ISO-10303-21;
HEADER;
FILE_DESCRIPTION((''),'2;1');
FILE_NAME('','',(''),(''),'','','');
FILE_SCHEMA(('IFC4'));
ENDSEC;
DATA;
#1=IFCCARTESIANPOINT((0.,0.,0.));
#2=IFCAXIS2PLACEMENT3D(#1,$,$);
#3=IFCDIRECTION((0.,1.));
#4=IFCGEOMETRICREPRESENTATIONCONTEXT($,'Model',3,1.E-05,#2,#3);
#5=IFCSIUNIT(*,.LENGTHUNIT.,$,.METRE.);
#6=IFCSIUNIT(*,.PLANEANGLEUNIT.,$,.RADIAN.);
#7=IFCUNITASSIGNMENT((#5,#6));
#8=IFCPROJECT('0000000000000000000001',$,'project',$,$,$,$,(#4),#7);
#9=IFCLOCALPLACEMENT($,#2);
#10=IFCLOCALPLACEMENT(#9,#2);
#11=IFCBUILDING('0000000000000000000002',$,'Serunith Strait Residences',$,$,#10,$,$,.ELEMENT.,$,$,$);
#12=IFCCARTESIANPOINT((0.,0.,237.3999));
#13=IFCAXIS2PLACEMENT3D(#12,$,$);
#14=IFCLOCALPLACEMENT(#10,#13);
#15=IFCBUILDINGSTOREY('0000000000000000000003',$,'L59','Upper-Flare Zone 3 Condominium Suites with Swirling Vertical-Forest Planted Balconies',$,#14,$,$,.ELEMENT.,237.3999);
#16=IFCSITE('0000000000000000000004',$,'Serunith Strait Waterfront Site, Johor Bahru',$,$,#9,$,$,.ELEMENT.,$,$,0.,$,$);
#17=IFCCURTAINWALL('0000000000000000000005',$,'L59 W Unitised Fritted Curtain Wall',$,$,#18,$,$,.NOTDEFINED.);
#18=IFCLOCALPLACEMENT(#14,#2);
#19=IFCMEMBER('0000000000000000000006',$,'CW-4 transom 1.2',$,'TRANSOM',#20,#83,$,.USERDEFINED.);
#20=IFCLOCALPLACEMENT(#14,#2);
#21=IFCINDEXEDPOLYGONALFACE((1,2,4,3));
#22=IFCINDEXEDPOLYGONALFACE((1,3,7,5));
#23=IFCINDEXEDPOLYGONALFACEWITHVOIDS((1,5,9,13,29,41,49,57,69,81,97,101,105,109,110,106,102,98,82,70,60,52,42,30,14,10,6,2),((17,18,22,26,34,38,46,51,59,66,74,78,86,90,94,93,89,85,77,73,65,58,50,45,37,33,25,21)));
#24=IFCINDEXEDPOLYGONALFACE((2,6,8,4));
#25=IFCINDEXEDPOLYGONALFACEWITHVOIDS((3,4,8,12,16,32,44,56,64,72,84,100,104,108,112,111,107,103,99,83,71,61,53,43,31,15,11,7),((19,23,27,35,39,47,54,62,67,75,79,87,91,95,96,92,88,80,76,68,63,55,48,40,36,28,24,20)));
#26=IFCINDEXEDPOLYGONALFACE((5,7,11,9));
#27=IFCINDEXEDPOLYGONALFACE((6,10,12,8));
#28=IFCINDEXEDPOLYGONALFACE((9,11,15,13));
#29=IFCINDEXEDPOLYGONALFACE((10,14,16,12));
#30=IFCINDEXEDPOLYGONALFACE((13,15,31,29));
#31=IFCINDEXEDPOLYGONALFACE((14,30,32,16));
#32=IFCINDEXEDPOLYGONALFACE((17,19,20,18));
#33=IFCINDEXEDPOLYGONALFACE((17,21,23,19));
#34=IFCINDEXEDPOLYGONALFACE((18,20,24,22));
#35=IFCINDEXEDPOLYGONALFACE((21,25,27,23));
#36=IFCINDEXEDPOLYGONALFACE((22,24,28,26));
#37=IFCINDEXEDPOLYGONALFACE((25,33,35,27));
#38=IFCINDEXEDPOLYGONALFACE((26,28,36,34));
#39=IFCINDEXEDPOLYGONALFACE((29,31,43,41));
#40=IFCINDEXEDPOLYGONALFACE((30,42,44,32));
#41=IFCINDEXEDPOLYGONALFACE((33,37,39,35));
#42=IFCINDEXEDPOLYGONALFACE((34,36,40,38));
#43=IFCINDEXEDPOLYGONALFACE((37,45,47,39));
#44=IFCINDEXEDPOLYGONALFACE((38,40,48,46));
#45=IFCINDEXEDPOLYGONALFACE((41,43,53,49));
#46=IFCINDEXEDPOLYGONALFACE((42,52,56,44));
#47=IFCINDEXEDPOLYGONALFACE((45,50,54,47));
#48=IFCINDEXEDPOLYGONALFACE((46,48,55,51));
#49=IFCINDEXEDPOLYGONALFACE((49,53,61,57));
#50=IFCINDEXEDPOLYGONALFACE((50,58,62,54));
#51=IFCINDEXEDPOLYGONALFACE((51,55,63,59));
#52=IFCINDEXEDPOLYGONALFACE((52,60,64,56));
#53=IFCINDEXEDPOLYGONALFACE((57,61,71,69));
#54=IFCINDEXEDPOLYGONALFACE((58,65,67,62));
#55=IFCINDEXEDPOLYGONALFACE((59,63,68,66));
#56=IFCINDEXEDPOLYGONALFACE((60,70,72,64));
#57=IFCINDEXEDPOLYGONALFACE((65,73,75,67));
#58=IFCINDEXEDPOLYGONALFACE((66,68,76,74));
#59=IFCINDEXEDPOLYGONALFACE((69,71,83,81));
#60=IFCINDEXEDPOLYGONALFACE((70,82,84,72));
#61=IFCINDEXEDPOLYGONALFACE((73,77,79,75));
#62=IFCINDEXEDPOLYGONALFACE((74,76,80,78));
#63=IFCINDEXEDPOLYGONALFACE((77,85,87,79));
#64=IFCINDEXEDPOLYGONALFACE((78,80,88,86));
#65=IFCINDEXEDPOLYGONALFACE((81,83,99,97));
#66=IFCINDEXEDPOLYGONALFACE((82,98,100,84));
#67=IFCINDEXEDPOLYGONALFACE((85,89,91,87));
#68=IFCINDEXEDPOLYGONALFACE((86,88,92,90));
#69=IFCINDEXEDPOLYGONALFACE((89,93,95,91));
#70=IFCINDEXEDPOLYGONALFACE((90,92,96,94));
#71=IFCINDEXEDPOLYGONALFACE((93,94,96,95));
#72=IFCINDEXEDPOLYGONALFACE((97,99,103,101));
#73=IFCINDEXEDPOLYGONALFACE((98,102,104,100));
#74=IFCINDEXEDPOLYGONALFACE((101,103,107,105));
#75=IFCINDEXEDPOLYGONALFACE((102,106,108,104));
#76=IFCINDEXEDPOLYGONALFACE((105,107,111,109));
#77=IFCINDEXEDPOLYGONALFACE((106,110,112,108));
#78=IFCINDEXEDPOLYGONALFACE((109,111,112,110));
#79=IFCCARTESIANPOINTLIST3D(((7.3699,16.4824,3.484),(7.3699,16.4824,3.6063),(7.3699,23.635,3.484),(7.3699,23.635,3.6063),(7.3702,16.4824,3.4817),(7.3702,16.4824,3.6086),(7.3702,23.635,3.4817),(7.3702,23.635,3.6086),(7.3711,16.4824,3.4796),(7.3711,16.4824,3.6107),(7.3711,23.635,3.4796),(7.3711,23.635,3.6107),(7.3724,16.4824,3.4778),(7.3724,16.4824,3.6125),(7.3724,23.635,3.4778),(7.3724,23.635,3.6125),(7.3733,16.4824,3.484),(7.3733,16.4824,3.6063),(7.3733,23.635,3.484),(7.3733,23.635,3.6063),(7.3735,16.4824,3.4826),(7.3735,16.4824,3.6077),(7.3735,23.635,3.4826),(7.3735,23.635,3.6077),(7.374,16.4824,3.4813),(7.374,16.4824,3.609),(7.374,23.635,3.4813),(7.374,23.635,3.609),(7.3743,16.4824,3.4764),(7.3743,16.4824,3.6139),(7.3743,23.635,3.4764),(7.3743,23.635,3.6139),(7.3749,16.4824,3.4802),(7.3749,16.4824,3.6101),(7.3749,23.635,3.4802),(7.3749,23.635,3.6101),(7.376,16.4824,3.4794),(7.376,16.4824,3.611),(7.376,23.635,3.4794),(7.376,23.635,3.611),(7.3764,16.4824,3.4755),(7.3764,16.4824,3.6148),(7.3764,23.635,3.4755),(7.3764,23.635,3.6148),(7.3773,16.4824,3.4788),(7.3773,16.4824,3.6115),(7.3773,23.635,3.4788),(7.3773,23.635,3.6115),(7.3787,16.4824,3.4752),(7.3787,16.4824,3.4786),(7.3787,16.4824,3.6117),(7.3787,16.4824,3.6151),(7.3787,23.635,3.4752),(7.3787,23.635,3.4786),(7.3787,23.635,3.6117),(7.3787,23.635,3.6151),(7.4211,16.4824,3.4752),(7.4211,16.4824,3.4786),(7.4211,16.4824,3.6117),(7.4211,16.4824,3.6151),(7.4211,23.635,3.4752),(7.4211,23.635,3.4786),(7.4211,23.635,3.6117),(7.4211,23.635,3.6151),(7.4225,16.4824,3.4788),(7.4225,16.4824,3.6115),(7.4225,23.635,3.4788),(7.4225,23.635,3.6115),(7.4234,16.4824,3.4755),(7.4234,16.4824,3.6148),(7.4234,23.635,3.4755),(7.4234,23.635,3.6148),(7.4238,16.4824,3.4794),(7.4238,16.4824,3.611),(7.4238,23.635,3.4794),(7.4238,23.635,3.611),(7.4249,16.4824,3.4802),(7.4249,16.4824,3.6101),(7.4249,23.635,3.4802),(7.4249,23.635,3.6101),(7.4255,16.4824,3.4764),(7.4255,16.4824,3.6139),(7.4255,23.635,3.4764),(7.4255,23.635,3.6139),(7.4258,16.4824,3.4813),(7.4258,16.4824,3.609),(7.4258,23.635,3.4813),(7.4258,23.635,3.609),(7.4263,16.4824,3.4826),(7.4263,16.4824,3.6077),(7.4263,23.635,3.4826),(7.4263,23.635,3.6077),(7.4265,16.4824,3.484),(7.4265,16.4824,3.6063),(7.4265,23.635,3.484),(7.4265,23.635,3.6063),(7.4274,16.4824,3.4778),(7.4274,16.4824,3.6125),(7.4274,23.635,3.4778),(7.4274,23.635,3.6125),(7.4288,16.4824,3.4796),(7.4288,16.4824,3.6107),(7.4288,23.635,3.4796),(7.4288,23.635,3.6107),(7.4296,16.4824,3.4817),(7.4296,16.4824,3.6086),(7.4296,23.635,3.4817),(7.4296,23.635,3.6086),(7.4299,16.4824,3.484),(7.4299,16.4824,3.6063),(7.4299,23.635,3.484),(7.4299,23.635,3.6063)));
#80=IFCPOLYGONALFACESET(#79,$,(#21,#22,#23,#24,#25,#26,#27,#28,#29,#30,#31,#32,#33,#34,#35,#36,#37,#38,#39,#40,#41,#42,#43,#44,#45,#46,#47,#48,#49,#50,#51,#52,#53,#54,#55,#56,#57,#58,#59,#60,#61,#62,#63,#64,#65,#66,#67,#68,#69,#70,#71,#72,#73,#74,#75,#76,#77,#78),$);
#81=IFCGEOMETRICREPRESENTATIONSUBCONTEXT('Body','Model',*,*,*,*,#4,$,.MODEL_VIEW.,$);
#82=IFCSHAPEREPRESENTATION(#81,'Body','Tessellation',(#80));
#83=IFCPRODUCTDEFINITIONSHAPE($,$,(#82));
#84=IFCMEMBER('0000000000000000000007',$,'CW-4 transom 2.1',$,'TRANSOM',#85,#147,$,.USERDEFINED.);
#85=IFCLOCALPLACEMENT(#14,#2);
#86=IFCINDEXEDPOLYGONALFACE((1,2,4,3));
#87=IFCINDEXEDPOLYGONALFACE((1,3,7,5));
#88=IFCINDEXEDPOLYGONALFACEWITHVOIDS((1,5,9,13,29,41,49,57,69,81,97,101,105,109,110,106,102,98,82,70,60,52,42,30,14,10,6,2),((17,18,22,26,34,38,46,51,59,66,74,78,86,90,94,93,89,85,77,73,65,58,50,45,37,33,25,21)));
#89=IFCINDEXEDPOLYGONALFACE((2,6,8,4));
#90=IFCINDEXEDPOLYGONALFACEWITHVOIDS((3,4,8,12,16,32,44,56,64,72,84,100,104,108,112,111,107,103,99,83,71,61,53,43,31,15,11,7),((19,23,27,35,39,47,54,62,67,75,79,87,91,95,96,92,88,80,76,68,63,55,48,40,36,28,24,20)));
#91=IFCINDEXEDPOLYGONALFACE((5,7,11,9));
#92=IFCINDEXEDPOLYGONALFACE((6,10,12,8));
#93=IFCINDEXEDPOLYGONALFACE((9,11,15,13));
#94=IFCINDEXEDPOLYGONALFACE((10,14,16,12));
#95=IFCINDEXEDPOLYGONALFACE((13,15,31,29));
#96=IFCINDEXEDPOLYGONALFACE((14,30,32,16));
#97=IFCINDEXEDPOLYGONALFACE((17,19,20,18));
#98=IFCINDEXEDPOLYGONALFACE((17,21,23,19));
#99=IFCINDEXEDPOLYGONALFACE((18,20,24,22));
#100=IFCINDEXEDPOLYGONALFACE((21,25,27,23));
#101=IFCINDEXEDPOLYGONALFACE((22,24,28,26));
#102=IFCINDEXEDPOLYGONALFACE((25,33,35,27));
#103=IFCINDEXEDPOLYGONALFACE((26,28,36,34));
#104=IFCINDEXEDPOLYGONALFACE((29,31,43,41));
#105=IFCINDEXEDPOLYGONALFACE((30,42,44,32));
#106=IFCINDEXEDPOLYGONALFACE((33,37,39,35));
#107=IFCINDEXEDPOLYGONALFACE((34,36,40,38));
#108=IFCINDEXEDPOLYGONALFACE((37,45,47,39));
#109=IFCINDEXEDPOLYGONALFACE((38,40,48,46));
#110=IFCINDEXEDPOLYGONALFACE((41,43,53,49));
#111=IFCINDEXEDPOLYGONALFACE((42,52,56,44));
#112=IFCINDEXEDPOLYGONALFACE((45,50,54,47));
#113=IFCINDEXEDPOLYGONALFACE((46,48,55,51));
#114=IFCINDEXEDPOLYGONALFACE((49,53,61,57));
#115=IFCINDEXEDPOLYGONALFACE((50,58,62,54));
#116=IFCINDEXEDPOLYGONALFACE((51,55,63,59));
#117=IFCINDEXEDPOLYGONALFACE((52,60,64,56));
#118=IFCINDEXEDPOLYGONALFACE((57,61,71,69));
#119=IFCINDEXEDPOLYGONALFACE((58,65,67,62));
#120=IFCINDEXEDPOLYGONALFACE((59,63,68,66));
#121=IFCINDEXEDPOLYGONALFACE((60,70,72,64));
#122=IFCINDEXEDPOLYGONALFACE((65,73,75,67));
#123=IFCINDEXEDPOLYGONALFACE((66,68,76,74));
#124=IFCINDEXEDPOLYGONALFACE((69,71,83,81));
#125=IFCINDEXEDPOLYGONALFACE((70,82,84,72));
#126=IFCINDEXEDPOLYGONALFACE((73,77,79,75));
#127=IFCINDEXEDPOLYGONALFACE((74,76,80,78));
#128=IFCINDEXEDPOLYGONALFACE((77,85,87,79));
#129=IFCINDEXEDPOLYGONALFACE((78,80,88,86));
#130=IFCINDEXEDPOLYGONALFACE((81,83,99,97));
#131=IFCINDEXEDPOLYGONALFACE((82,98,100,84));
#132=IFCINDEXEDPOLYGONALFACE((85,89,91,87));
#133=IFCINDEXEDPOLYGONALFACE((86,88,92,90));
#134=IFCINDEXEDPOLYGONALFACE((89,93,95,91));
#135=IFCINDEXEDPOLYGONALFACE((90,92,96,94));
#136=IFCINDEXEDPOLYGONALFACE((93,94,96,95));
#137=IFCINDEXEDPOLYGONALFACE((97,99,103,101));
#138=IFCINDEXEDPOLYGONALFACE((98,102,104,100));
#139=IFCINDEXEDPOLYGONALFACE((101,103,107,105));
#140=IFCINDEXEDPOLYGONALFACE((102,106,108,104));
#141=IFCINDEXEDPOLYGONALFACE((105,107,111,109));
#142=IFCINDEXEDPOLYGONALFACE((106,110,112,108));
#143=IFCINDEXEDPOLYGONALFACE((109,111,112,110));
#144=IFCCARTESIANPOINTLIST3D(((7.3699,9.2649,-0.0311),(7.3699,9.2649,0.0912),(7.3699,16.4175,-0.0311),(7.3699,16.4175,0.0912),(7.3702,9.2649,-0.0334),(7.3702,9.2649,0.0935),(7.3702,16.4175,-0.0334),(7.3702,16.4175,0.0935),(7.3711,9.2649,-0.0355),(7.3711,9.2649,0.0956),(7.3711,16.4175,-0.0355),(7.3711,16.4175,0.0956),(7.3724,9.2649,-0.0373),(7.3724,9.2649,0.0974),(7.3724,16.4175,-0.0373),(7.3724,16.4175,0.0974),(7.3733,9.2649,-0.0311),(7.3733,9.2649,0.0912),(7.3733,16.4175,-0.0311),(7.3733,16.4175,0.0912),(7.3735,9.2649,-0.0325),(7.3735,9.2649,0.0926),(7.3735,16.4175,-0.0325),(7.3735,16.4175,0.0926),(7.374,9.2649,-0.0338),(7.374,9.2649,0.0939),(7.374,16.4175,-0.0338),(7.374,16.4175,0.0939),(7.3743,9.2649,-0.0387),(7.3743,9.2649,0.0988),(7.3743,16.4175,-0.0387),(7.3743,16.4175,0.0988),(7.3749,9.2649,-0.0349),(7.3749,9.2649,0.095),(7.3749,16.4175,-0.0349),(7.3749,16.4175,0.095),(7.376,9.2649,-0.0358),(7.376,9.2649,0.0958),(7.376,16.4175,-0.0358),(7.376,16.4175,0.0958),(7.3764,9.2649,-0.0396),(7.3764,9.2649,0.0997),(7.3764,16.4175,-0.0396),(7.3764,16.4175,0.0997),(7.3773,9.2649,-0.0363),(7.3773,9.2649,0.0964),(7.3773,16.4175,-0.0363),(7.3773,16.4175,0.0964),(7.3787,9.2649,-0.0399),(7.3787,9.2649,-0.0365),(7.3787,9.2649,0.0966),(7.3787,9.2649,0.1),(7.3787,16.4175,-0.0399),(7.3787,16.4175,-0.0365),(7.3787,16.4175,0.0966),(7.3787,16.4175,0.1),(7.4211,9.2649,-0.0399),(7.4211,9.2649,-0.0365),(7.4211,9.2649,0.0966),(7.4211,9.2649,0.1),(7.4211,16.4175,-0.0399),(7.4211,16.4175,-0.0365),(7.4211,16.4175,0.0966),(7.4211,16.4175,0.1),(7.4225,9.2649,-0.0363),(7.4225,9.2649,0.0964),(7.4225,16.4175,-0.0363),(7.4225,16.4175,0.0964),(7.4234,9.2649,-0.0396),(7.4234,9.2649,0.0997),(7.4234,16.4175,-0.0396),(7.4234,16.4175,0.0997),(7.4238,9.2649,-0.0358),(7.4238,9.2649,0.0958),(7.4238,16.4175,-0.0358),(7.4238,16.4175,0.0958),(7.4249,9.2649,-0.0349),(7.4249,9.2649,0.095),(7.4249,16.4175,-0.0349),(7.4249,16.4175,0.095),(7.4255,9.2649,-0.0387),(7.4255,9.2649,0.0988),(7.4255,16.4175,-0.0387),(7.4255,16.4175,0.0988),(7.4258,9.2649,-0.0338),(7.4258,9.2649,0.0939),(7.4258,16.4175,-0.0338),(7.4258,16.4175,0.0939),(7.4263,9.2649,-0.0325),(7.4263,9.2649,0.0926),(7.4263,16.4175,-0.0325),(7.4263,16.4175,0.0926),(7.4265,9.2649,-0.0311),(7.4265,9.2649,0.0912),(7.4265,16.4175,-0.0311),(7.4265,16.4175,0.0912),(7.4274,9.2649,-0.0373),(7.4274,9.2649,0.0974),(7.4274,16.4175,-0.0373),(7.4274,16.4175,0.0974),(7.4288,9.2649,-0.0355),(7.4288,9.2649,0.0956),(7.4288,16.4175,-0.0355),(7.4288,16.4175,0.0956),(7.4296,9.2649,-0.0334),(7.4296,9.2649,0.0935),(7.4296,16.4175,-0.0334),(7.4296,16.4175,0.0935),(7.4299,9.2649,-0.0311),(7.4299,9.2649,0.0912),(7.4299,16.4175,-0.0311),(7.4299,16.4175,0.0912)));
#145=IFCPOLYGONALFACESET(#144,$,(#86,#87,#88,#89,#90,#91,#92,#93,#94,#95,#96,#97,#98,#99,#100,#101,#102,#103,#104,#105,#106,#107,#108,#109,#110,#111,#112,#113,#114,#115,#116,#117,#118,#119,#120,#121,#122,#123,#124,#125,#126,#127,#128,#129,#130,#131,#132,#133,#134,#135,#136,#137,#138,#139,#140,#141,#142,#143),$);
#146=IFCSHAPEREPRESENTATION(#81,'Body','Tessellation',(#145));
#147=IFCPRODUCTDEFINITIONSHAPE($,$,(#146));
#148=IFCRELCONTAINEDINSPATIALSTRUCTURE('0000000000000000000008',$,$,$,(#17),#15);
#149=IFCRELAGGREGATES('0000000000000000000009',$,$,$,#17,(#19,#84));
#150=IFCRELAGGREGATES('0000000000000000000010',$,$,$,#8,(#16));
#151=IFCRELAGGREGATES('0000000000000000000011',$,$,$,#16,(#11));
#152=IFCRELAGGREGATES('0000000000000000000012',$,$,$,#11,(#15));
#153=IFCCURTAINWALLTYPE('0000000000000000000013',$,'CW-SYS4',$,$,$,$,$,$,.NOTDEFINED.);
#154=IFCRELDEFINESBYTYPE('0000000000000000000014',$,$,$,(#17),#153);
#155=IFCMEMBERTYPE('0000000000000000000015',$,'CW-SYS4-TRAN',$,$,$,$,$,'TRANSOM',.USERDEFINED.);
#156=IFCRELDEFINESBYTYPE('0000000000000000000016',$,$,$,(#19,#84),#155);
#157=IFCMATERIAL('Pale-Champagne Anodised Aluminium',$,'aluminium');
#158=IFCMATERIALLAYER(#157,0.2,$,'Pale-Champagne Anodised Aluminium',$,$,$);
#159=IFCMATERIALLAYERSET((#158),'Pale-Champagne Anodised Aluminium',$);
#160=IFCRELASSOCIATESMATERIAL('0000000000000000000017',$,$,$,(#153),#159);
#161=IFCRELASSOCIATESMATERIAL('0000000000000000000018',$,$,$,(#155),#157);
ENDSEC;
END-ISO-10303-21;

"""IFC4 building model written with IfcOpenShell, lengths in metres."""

from ifc_helpers import new_model, si_unit, direction, frame, origin, origin_2d, place, context, subcontext, project, spatial, hollow_rectangle, extrude, source, transform, mapped, material, layer, layer_set, material_profile, profile_set, type_object, element, aggregate, save


model = new_model("IFC4")

# Units and contexts
model_context = context("Model", 3, precision=1e-05, world=origin(), true_north=direction((0.0, 1.0)))
body_context = subcontext(model_context, "Body", "Model", "MODEL_VIEW")
ifc_project = project(units=[si_unit("LENGTHUNIT", "METRE"), si_unit("PLANEANGLEUNIT", "RADIAN")], contexts=[model_context])

# Site, building, storey
site_placement = place(None, origin())
site = spatial("IfcSite", under=ifc_project, at=site_placement, Name="Serunith Strait Waterfront Site, Johor Bahru", CompositionType="ELEMENT", RefElevation=0.0)
building_placement = place(site_placement, origin())
building = spatial("IfcBuilding", under=site, at=building_placement, Name="Serunith Strait Residences", CompositionType="ELEMENT")
storey_placement = place(building_placement, frame((0.0, 0.0, 237.3999)))
storey = spatial("IfcBuildingStorey", under=building, at=storey_placement, Name="L59", Description="Upper-Flare Zone 3 Condominium Suites with Swirling Vertical-Forest Planted Balconies", CompositionType="ELEMENT", Elevation=237.3999)

# Curtain wall, members
ifc_material_1 = material(Name="Pale-Champagne Anodised Aluminium", Category="aluminium")
ifc_layer_1 = layer(ifc_material_1, 0.2, Name="Pale-Champagne Anodised Aluminium")
ifc_layer_set_1 = layer_set([ifc_layer_1], Name="Pale-Champagne Anodised Aluminium")
curtain_wall_type = type_object("IfcCurtainWallType", Name="CW-SYS4", PredefinedType="NOTDEFINED", material=ifc_layer_set_1)
curtain_wall_placement = place(storey_placement, origin())
curtain_wall = element("IfcCurtainWall", 1, at=curtain_wall_placement, inside=storey, type_object=curtain_wall_type, Name="L59 W Unitised Fritted Curtain Wall", PredefinedType="NOTDEFINED")
ifc_material_profile_1 = material_profile(ifc_material_1, hollow_rectangle(XDim=0.0601, YDim=0.1399, WallThickness=0.0034, InnerFilletRadius=0.0054, OuterFilletRadius=0.0088, at=origin_2d()), Name="ALU 140x60x3.5")
ifc_profile_set_1 = profile_set([ifc_material_profile_1], Name="Pale-Champagne Anodised Aluminium")
member_type_1 = type_object("IfcMemberType", Name="CW-SYS4-TRAN", ElementType="TRANSOM", PredefinedType="USERDEFINED", material=ifc_profile_set_1)
shared_shape_1 = source(origin(), body_context, "Body", "SweptSolid", [
    extrude(hollow_rectangle(XDim=0.0601, YDim=0.1399, WallThickness=0.0034, InnerFilletRadius=0.0054, OuterFilletRadius=0.0088, at=origin_2d()), origin(), (0.0, 0.0, 1.0), 7.1526),
])
member_1_placement = place(storey_placement, frame((7.3999, 23.635, 3.5452), z_axis=(0.0, -1.0, 0.0), x_axis=(1.0, 0.0, 0.0)))
member_1 = element("IfcMember", 2, at=member_1_placement, type_object=member_type_1, Name="CW-4 transom 1.2", ObjectType="TRANSOM", PredefinedType="USERDEFINED", context=body_context, shape_type="MappedRepresentation", body=[
    mapped(shared_shape_1, transform((0.0, 0.0, 0.0), scale=1.0)),
])
member_2_placement = place(storey_placement, frame((7.3999, 16.4175, 0.03), z_axis=(0.0, -1.0, 0.0), x_axis=(1.0, 0.0, 0.0)))
member_2 = element("IfcMember", 3, at=member_2_placement, type_object=member_type_1, Name="CW-4 transom 2.1", ObjectType="TRANSOM", PredefinedType="USERDEFINED", context=body_context, shape_type="MappedRepresentation", body=[
    mapped(shared_shape_1, transform((0.0, 0.0, 0.0), scale=1.0)),
])
aggregate(curtain_wall, [member_1, member_2])

save(model, "model.ifc")
